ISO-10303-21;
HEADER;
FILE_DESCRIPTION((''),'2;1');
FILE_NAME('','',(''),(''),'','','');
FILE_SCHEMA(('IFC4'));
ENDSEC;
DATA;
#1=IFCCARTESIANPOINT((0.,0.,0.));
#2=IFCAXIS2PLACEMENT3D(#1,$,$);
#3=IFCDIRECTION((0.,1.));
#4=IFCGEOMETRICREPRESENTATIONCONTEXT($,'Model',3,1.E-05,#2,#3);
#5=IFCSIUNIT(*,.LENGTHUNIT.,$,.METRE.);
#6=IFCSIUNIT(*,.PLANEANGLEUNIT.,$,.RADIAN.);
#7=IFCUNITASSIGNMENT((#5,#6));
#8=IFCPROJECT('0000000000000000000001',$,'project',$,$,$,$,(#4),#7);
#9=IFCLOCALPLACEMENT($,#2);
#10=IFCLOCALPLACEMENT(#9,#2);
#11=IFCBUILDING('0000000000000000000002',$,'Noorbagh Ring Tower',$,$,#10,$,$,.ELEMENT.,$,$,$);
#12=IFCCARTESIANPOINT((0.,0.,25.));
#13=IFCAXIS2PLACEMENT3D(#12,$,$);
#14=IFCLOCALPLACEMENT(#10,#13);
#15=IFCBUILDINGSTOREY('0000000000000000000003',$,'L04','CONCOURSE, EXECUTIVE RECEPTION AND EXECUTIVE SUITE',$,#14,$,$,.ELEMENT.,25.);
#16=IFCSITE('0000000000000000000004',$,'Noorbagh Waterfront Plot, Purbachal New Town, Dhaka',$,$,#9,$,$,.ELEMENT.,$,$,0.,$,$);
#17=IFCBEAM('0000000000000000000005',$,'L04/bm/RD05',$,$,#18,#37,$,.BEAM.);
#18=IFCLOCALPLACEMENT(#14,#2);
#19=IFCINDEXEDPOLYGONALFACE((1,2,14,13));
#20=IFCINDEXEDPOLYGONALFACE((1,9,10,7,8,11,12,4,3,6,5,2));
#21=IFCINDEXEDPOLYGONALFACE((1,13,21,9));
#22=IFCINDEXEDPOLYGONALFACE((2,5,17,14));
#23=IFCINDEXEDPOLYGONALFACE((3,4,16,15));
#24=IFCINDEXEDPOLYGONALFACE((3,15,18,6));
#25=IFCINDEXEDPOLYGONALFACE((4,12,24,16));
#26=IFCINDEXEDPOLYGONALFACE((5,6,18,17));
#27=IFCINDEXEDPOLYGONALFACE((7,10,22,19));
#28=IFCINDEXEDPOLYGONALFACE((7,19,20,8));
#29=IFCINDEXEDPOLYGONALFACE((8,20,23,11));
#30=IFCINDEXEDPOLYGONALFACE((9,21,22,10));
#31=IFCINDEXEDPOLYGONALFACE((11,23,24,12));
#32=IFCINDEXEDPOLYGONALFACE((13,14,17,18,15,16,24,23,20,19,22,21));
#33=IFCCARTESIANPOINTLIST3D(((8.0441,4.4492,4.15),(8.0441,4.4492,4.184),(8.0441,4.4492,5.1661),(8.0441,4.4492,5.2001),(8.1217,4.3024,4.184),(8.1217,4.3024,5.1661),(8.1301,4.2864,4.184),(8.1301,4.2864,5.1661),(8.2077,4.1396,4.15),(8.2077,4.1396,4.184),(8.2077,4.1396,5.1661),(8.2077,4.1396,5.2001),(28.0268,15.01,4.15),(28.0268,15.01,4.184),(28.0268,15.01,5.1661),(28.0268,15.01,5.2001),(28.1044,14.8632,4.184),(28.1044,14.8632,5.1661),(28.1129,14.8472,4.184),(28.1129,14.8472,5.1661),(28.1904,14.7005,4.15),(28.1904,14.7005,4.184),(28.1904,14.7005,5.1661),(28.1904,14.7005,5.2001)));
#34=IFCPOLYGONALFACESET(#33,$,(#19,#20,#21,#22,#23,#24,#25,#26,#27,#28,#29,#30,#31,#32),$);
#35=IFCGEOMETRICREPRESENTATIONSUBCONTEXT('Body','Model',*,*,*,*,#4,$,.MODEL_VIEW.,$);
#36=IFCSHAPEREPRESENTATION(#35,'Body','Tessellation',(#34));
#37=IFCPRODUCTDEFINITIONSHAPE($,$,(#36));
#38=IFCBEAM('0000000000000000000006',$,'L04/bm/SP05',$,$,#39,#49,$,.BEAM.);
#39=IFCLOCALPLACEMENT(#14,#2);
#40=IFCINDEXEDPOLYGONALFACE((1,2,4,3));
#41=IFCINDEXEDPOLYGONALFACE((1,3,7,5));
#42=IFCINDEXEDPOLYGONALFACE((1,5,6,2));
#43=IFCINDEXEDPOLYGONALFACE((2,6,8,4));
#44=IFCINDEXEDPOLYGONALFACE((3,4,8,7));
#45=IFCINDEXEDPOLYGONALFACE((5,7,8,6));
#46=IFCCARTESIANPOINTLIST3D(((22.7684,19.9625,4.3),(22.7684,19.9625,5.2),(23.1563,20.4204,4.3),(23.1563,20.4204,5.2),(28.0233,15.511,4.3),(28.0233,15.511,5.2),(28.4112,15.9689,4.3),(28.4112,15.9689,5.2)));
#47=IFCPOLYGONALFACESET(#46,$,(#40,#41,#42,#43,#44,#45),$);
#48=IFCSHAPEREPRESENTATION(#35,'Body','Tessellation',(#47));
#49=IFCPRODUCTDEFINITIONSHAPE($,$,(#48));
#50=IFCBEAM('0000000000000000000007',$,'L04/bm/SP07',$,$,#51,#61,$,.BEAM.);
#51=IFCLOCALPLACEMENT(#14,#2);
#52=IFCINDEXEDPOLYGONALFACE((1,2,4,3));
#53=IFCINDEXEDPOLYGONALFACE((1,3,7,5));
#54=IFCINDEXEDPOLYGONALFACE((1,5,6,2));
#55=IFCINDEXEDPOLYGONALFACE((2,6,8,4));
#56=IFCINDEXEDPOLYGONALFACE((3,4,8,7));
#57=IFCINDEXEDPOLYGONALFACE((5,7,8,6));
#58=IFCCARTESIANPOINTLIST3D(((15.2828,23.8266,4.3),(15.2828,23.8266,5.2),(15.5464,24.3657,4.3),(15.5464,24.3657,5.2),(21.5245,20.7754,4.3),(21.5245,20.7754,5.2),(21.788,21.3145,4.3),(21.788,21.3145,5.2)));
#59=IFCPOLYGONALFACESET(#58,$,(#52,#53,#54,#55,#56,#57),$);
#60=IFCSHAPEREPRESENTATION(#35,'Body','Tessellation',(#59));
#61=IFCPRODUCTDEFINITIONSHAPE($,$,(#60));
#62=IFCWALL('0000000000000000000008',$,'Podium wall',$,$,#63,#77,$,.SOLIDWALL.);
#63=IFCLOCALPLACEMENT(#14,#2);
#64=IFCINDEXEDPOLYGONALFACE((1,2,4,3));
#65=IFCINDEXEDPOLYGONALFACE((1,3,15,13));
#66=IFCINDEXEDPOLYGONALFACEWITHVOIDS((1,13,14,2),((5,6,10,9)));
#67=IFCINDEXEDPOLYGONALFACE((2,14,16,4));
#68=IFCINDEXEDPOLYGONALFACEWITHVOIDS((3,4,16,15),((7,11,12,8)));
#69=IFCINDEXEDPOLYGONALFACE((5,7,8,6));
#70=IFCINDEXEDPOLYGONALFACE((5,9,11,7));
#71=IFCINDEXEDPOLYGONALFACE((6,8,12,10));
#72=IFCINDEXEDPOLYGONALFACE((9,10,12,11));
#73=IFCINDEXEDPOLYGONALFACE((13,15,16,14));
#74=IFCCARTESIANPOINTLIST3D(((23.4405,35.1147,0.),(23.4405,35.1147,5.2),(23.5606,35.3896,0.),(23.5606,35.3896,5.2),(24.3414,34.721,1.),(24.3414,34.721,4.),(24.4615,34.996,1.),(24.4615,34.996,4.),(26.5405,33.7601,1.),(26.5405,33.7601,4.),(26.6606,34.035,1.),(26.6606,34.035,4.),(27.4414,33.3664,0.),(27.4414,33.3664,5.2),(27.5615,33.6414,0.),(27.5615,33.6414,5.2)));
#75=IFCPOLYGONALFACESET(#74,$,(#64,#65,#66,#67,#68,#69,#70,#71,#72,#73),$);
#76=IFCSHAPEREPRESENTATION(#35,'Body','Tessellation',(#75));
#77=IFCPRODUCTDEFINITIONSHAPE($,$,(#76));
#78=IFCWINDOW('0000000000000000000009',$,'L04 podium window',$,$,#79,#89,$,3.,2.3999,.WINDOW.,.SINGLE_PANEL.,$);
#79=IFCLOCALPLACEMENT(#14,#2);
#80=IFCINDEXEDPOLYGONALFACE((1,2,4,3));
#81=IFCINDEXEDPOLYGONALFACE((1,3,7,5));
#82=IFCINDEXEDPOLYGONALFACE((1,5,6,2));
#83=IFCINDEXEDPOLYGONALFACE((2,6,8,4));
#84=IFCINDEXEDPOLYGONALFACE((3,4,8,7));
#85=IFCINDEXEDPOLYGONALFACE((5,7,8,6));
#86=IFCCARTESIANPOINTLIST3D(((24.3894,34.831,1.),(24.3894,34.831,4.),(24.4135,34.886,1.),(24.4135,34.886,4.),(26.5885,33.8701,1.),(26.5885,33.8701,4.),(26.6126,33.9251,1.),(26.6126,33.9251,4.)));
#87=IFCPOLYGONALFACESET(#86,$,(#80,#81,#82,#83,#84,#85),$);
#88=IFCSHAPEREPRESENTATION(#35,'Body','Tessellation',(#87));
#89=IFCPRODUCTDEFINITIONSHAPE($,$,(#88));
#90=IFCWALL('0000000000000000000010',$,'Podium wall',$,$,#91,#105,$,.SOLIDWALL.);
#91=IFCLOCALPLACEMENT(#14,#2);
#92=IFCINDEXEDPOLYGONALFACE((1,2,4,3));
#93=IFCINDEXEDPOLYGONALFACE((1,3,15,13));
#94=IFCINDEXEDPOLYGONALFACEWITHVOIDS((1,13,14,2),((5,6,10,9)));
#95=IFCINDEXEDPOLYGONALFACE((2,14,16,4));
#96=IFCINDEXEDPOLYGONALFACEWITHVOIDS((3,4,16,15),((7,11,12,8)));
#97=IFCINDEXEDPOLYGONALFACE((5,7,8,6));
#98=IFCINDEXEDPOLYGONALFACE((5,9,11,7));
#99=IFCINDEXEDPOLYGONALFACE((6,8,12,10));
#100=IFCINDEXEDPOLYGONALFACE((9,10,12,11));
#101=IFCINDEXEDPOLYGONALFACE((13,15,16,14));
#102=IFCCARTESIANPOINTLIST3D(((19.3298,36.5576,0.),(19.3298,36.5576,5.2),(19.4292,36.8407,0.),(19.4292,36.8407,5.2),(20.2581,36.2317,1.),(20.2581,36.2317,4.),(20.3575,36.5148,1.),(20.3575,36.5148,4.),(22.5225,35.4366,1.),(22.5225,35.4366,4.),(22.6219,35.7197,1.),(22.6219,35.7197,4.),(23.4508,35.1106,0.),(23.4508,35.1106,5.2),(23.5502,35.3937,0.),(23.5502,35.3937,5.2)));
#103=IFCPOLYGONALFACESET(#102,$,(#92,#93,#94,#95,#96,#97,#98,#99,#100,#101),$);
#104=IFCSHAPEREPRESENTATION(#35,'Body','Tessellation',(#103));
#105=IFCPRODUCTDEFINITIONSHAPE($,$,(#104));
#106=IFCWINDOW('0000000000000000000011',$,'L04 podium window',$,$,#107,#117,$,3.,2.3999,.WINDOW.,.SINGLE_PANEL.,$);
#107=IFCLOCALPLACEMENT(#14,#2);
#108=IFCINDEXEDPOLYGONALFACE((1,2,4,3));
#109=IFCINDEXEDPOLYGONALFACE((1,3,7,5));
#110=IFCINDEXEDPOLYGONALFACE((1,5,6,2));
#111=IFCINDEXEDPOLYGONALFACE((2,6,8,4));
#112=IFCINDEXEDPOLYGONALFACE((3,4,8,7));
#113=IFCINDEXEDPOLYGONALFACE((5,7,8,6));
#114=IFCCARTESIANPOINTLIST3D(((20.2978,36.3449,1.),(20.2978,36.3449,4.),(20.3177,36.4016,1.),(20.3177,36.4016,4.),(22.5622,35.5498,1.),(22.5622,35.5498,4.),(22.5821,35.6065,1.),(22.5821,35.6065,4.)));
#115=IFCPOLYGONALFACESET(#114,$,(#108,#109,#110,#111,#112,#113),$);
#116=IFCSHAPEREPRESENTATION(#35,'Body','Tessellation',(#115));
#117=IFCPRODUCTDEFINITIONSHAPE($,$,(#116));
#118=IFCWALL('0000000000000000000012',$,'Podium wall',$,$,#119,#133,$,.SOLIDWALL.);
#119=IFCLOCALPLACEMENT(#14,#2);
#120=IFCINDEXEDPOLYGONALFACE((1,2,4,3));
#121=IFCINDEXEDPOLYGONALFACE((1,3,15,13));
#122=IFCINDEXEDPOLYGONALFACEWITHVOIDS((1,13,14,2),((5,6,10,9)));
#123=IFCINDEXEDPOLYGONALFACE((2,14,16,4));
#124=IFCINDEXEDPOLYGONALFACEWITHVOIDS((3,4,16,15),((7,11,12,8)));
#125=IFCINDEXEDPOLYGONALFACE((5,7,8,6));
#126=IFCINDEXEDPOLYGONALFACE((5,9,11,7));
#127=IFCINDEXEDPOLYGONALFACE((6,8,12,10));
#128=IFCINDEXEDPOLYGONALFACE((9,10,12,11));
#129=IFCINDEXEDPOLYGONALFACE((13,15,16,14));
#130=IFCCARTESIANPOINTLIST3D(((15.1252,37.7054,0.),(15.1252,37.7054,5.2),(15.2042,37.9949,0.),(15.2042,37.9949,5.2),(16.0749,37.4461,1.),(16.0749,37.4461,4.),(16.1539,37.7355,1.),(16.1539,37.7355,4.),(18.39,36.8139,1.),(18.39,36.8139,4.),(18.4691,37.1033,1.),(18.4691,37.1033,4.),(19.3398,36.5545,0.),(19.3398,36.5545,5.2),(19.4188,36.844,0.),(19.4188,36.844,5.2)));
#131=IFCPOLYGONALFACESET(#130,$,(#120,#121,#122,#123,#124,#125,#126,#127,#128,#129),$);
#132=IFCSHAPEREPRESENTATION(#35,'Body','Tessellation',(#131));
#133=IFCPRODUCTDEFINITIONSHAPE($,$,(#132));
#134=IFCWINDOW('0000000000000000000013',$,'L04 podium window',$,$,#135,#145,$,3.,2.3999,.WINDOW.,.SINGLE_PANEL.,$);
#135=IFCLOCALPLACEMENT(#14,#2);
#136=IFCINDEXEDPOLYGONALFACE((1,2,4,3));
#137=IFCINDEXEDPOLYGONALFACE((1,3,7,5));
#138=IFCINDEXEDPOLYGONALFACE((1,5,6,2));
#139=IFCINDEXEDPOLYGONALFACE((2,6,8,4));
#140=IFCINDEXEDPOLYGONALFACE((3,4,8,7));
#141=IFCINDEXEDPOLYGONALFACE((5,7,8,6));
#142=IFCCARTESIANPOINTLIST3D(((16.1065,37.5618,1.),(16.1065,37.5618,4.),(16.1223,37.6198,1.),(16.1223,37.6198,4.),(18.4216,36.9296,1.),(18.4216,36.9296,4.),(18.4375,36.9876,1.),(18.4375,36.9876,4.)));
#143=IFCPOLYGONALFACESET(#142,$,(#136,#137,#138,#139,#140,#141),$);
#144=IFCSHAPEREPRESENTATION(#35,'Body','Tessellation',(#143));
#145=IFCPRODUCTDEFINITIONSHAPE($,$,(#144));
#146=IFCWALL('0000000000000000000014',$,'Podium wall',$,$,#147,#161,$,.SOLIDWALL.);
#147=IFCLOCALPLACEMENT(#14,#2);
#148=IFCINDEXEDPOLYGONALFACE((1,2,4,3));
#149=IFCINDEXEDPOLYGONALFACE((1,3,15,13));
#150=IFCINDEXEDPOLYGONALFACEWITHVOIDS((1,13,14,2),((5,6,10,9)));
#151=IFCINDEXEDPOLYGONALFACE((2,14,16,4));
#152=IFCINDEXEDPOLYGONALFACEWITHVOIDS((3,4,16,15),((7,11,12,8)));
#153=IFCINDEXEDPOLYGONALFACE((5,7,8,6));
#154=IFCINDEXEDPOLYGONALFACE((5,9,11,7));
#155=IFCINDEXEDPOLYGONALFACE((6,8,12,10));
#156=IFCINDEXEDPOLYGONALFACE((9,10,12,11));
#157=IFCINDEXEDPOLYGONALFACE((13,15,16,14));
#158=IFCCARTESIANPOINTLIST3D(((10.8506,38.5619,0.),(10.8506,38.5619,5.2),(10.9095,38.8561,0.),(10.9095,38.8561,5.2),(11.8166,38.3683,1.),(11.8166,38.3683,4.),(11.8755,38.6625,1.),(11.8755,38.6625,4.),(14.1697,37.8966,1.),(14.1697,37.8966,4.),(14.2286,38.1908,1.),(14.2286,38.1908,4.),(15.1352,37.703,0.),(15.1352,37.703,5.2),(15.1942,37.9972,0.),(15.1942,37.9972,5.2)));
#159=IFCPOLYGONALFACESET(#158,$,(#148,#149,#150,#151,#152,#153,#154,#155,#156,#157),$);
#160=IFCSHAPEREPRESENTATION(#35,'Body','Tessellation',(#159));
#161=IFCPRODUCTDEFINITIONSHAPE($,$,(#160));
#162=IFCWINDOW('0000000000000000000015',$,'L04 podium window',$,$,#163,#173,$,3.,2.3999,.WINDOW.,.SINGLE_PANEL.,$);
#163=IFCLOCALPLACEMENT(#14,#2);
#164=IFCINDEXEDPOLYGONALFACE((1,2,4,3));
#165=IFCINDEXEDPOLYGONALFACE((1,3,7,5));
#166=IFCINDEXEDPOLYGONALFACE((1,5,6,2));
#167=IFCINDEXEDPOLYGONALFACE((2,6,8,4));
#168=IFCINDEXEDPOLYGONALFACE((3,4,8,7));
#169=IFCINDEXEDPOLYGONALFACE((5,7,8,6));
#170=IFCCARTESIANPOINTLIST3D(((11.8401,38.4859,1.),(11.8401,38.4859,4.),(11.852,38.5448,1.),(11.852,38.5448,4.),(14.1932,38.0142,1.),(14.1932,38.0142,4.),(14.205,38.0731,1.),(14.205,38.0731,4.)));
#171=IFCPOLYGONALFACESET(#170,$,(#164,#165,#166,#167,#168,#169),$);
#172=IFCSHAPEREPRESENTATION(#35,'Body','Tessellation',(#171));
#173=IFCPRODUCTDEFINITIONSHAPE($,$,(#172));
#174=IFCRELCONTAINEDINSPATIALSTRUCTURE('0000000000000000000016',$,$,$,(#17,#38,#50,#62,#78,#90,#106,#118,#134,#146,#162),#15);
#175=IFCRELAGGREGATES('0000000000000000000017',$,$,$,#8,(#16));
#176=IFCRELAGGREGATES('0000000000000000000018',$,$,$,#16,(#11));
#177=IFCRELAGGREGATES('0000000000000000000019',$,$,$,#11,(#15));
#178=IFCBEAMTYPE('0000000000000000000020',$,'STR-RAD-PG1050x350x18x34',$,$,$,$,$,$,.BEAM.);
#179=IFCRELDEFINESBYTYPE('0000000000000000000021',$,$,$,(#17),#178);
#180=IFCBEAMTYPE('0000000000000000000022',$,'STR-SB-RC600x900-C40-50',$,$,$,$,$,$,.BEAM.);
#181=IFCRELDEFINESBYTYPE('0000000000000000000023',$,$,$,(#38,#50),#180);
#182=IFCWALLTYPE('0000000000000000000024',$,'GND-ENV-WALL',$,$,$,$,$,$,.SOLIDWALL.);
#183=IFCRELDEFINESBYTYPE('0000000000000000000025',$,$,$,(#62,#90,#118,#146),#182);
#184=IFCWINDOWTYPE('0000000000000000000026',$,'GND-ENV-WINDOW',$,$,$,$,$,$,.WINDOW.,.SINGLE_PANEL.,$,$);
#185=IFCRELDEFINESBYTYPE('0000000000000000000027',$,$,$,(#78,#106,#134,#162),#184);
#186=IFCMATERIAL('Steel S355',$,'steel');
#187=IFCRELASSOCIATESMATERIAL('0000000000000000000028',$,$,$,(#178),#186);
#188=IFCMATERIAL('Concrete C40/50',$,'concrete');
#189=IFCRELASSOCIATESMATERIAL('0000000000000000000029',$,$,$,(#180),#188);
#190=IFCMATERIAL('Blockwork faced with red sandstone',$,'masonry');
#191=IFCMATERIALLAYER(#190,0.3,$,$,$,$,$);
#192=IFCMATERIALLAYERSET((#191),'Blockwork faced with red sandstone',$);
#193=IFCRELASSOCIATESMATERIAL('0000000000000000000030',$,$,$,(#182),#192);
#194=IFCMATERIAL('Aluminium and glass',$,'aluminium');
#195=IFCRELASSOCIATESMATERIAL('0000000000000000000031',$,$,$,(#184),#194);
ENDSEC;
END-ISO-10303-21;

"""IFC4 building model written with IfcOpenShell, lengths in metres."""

from ifc_helpers import new_model, si_unit, direction, frame, frame_2d, origin, origin_2d, place, context, subcontext, project, spatial, rectangle, i_section, extrude, material, layer, layer_set, material_profile, profile_set, type_object, element, fill, save


model = new_model("IFC4")

# Units and contexts
model_context = context("Model", 3, precision=1e-05, world=origin(), true_north=direction((0.0, 1.0)))
body_context = subcontext(model_context, "Body", "Model", "MODEL_VIEW")
ifc_project = project(units=[si_unit("LENGTHUNIT", "METRE"), si_unit("PLANEANGLEUNIT", "RADIAN")], contexts=[model_context])

# Site, building, storey
site_placement = place(None, origin())
site = spatial("IfcSite", under=ifc_project, at=site_placement, Name="Noorbagh Waterfront Plot, Purbachal New Town, Dhaka", CompositionType="ELEMENT", RefElevation=0.0)
building_placement = place(site_placement, origin())
building = spatial("IfcBuilding", under=site, at=building_placement, Name="Noorbagh Ring Tower", CompositionType="ELEMENT")
storey_placement = place(building_placement, frame((0.0, 0.0, 25.0)))
storey = spatial("IfcBuildingStorey", under=building, at=storey_placement, Name="L04", Description="CONCOURSE, EXECUTIVE RECEPTION AND EXECUTIVE SUITE", CompositionType="ELEMENT", Elevation=25.0)

# Beams
ifc_material_1 = material(Name="Steel S355", Category="steel")
ifc_material_profile_1 = material_profile(ifc_material_1, i_section(OverallWidth=0.3501, OverallDepth=1.05, WebThickness=0.0181, FlangeThickness=0.0339, at=origin_2d()), Name="PG1050x350x18x34")
ifc_profile_set_1 = profile_set([ifc_material_profile_1], Name="Steel S355")
beam_type_1 = type_object("IfcBeamType", Name="STR-RAD-PG1050x350x18x34", PredefinedType="BEAM", material=ifc_profile_set_1)
beam_1_placement = place(storey_placement, frame((28.1086, 14.8552, 4.675), z_axis=(-0.884122, -0.467256, 0.0), x_axis=(0.467256, -0.884122, 0.0)))
element("IfcBeam", 1, at=beam_1_placement, inside=storey, type_object=beam_type_1, Name="L04/bm/RD05", PredefinedType="BEAM", context=body_context, shape_type="SweptSolid", body=[
    extrude(i_section(OverallWidth=0.3501, OverallDepth=1.05, WebThickness=0.0181, FlangeThickness=0.0339, at=origin_2d()), origin(), (0.0, 0.0, 1.0), 22.6018),
])
ifc_material_2 = material(Name="Concrete C40/50", Category="concrete")
ifc_material_profile_2 = material_profile(ifc_material_2, rectangle(XDim=0.6001, YDim=0.8999, at=origin_2d()), Name="RC600x900")
ifc_profile_set_2 = profile_set([ifc_material_profile_2], Name="Concrete C40/50")
beam_type_2 = type_object("IfcBeamType", Name="STR-SB-RC600x900-C40-50", PredefinedType="BEAM", material=ifc_profile_set_2)
beam_2_placement = place(storey_placement, frame((28.2173, 15.74, 4.75), z_axis=(-0.76303, 0.646363, 0.0), x_axis=(-0.646363, -0.76303, 0.0)))
element("IfcBeam", 2, at=beam_2_placement, inside=storey, type_object=beam_type_2, Name="L04/bm/SP05", PredefinedType="BEAM", context=body_context, shape_type="SweptSolid", body=[
    extrude(rectangle(XDim=0.6001, YDim=0.8999, at=origin_2d()), origin(), (0.0, 0.0, 1.0), 6.887),
])
beam_3_placement = place(storey_placement, frame((21.6562, 21.0449, 4.75), z_axis=(-0.898397, 0.439184, 0.0), x_axis=(-0.439184, -0.898397, 0.0)))
element("IfcBeam", 3, at=beam_3_placement, inside=storey, type_object=beam_type_2, Name="L04/bm/SP07", PredefinedType="BEAM", context=body_context, shape_type="SweptSolid", body=[
    extrude(rectangle(XDim=0.6001, YDim=0.8999, at=origin_2d()), origin(), (0.0, 0.0, 1.0), 6.9475),
])

# Walls, openings, windows
ifc_material_3 = material(Name="Blockwork faced with red sandstone", Category="masonry")
ifc_layer = layer(ifc_material_3, 0.3)
ifc_layer_set = layer_set([ifc_layer], Name="Blockwork faced with red sandstone")
wall_type = type_object("IfcWallType", Name="GND-ENV-WALL", PredefinedType="SOLIDWALL", material=ifc_layer_set)
wall_1_placement = place(storey_placement, frame((27.5015, 33.5039, 0.0), z_axis=(0.0, 0.0, 1.0), x_axis=(-0.916337, 0.400408, 0.0)))
wall_1 = element("IfcWall", 4, at=wall_1_placement, inside=storey, type_object=wall_type, Name="Podium wall", PredefinedType="SOLIDWALL", context=body_context, shape_type="SweptSolid", body=[
    extrude(rectangle(XDim=4.3662, YDim=0.3, at=frame_2d((2.1831, 0.0))), origin(), (0.0, 0.0, 1.0), 5.2),
])
opening_1_placement = place(wall_1_placement, frame((0.9832, 0.0, 1.0)))
opening_1 = element("IfcOpeningElement", 5, at=opening_1_placement, cuts=wall_1, PredefinedType="OPENING", context=body_context, shape_type="SweptSolid", body=[
    extrude(rectangle(XDim=2.3999, YDim=3.0, at=frame_2d((1.2, 1.5))), frame((0.0, 0.1602, 0.0), z_axis=(0.0, -1.0, 0.0), x_axis=(1.0, 0.0, 0.0)), (0.0, 0.0, 1.0), 0.3201),
])
ifc_material_4 = material(Name="Aluminium and glass", Category="aluminium")
window_type = type_object("IfcWindowType", Name="GND-ENV-WINDOW", PartitioningType="SINGLE_PANEL", PredefinedType="WINDOW", material=ifc_material_4)
window_1_placement = place(opening_1_placement, origin())
window_1 = element("IfcWindow", 6, at=window_1_placement, inside=storey, type_object=window_type, Name="L04 podium window", OverallHeight=3.0, OverallWidth=2.3999, PartitioningType="SINGLE_PANEL", PredefinedType="WINDOW", context=body_context, shape_type="SweptSolid", body=[
    extrude(rectangle(XDim=2.3999, YDim=3.0, at=frame_2d((1.2, 1.5))), frame((0.0, 0.03, 0.0), z_axis=(0.0, -1.0, 0.0), x_axis=(1.0, 0.0, 0.0)), (0.0, 0.0, 1.0), 0.0601),
])
fill(opening_1, window_1)
wall_2_placement = place(storey_placement, frame((23.5005, 35.2522, 0.0), z_axis=(0.0, 0.0, 1.0), x_axis=(-0.943527, 0.331296, 0.0)))
wall_2 = element("IfcWall", 7, at=wall_2_placement, inside=storey, type_object=wall_type, Name="Podium wall", PredefinedType="SOLIDWALL", context=body_context, shape_type="SweptSolid", body=[
    extrude(rectangle(XDim=4.3677, YDim=0.3, at=frame_2d((2.1838, 0.0))), origin(), (0.0, 0.0, 1.0), 5.2),
])
opening_2_placement = place(wall_2_placement, frame((0.9839, 0.0, 1.0)))
opening_2 = element("IfcOpeningElement", 8, at=opening_2_placement, cuts=wall_2, PredefinedType="OPENING", context=body_context, shape_type="SweptSolid", body=[
    extrude(rectangle(XDim=2.3999, YDim=3.0, at=frame_2d((1.2, 1.5))), frame((0.0, 0.1602, 0.0), z_axis=(0.0, -1.0, 0.0), x_axis=(1.0, 0.0, 0.0)), (0.0, 0.0, 1.0), 0.3201),
])
window_2_placement = place(opening_2_placement, origin())
window_2 = element("IfcWindow", 9, at=window_2_placement, inside=storey, type_object=window_type, Name="L04 podium window", OverallHeight=3.0, OverallWidth=2.3999, PartitioningType="SINGLE_PANEL", PredefinedType="WINDOW", context=body_context, shape_type="SweptSolid", body=[
    extrude(rectangle(XDim=2.3999, YDim=3.0, at=frame_2d((1.2, 1.5))), frame((0.0, 0.03, 0.0), z_axis=(0.0, -1.0, 0.0), x_axis=(1.0, 0.0, 0.0)), (0.0, 0.0, 1.0), 0.0601),
])
fill(opening_2, window_2)
wall_3_placement = place(storey_placement, frame((19.3794, 36.6992, 0.0), z_axis=(0.0, 0.0, 1.0), x_axis=(-0.96468, 0.263425, 0.0)))
wall_3 = element("IfcWall", 10, at=wall_3_placement, inside=storey, type_object=wall_type, Name="Podium wall", PredefinedType="SOLIDWALL", context=body_context, shape_type="SweptSolid", body=[
    extrude(rectangle(XDim=4.3689, YDim=0.3, at=frame_2d((2.1846, 0.0))), origin(), (0.0, 0.0, 1.0), 5.2),
])
opening_3_placement = place(wall_3_placement, frame((0.9846, 0.0, 1.0)))
opening_3 = element("IfcOpeningElement", 11, at=opening_3_placement, cuts=wall_3, PredefinedType="OPENING", context=body_context, shape_type="SweptSolid", body=[
    extrude(rectangle(XDim=2.3999, YDim=3.0, at=frame_2d((1.2, 1.5))), frame((0.0, 0.1602, 0.0), z_axis=(0.0, -1.0, 0.0), x_axis=(1.0, 0.0, 0.0)), (0.0, 0.0, 1.0), 0.3201),
])
window_3_placement = place(opening_3_placement, origin())
window_3 = element("IfcWindow", 12, at=window_3_placement, inside=storey, type_object=window_type, Name="L04 podium window", OverallHeight=3.0, OverallWidth=2.3999, PartitioningType="SINGLE_PANEL", PredefinedType="WINDOW", context=body_context, shape_type="SweptSolid", body=[
    extrude(rectangle(XDim=2.3999, YDim=3.0, at=frame_2d((1.2, 1.5))), frame((0.0, 0.03, 0.0), z_axis=(0.0, -1.0, 0.0), x_axis=(1.0, 0.0, 0.0)), (0.0, 0.0, 1.0), 0.0601),
])
fill(opening_3, window_3)
wall_4_placement = place(storey_placement, frame((15.1648, 37.8501, 0.0), z_axis=(0.0, 0.0, 1.0), x_axis=(-0.980495, 0.196546, 0.0)))
wall_4 = element("IfcWall", 13, at=wall_4_placement, inside=storey, type_object=wall_type, Name="Podium wall", PredefinedType="SOLIDWALL", context=body_context, shape_type="SweptSolid", body=[
    extrude(rectangle(XDim=4.3699, YDim=0.3, at=frame_2d((2.1851, 0.0))), origin(), (0.0, 0.0, 1.0), 5.2),
])
opening_4_placement = place(wall_4_placement, frame((0.9849, 0.0, 1.0)))
opening_4 = element("IfcOpeningElement", 14, at=opening_4_placement, cuts=wall_4, PredefinedType="OPENING", context=body_context, shape_type="SweptSolid", body=[
    extrude(rectangle(XDim=2.3999, YDim=3.0, at=frame_2d((1.2, 1.5))), frame((0.0, 0.1602, 0.0), z_axis=(0.0, -1.0, 0.0), x_axis=(1.0, 0.0, 0.0)), (0.0, 0.0, 1.0), 0.3201),
])
window_4_placement = place(opening_4_placement, origin())
window_4 = element("IfcWindow", 15, at=window_4_placement, inside=storey, type_object=window_type, Name="L04 podium window", OverallHeight=3.0, OverallWidth=2.3999, PartitioningType="SINGLE_PANEL", PredefinedType="WINDOW", context=body_context, shape_type="SweptSolid", body=[
    extrude(rectangle(XDim=2.3999, YDim=3.0, at=frame_2d((1.2, 1.5))), frame((0.0, 0.03, 0.0), z_axis=(0.0, -1.0, 0.0), x_axis=(1.0, 0.0, 0.0)), (0.0, 0.0, 1.0), 0.0601),
])
fill(opening_4, window_4)

save(model, "model.ifc")
